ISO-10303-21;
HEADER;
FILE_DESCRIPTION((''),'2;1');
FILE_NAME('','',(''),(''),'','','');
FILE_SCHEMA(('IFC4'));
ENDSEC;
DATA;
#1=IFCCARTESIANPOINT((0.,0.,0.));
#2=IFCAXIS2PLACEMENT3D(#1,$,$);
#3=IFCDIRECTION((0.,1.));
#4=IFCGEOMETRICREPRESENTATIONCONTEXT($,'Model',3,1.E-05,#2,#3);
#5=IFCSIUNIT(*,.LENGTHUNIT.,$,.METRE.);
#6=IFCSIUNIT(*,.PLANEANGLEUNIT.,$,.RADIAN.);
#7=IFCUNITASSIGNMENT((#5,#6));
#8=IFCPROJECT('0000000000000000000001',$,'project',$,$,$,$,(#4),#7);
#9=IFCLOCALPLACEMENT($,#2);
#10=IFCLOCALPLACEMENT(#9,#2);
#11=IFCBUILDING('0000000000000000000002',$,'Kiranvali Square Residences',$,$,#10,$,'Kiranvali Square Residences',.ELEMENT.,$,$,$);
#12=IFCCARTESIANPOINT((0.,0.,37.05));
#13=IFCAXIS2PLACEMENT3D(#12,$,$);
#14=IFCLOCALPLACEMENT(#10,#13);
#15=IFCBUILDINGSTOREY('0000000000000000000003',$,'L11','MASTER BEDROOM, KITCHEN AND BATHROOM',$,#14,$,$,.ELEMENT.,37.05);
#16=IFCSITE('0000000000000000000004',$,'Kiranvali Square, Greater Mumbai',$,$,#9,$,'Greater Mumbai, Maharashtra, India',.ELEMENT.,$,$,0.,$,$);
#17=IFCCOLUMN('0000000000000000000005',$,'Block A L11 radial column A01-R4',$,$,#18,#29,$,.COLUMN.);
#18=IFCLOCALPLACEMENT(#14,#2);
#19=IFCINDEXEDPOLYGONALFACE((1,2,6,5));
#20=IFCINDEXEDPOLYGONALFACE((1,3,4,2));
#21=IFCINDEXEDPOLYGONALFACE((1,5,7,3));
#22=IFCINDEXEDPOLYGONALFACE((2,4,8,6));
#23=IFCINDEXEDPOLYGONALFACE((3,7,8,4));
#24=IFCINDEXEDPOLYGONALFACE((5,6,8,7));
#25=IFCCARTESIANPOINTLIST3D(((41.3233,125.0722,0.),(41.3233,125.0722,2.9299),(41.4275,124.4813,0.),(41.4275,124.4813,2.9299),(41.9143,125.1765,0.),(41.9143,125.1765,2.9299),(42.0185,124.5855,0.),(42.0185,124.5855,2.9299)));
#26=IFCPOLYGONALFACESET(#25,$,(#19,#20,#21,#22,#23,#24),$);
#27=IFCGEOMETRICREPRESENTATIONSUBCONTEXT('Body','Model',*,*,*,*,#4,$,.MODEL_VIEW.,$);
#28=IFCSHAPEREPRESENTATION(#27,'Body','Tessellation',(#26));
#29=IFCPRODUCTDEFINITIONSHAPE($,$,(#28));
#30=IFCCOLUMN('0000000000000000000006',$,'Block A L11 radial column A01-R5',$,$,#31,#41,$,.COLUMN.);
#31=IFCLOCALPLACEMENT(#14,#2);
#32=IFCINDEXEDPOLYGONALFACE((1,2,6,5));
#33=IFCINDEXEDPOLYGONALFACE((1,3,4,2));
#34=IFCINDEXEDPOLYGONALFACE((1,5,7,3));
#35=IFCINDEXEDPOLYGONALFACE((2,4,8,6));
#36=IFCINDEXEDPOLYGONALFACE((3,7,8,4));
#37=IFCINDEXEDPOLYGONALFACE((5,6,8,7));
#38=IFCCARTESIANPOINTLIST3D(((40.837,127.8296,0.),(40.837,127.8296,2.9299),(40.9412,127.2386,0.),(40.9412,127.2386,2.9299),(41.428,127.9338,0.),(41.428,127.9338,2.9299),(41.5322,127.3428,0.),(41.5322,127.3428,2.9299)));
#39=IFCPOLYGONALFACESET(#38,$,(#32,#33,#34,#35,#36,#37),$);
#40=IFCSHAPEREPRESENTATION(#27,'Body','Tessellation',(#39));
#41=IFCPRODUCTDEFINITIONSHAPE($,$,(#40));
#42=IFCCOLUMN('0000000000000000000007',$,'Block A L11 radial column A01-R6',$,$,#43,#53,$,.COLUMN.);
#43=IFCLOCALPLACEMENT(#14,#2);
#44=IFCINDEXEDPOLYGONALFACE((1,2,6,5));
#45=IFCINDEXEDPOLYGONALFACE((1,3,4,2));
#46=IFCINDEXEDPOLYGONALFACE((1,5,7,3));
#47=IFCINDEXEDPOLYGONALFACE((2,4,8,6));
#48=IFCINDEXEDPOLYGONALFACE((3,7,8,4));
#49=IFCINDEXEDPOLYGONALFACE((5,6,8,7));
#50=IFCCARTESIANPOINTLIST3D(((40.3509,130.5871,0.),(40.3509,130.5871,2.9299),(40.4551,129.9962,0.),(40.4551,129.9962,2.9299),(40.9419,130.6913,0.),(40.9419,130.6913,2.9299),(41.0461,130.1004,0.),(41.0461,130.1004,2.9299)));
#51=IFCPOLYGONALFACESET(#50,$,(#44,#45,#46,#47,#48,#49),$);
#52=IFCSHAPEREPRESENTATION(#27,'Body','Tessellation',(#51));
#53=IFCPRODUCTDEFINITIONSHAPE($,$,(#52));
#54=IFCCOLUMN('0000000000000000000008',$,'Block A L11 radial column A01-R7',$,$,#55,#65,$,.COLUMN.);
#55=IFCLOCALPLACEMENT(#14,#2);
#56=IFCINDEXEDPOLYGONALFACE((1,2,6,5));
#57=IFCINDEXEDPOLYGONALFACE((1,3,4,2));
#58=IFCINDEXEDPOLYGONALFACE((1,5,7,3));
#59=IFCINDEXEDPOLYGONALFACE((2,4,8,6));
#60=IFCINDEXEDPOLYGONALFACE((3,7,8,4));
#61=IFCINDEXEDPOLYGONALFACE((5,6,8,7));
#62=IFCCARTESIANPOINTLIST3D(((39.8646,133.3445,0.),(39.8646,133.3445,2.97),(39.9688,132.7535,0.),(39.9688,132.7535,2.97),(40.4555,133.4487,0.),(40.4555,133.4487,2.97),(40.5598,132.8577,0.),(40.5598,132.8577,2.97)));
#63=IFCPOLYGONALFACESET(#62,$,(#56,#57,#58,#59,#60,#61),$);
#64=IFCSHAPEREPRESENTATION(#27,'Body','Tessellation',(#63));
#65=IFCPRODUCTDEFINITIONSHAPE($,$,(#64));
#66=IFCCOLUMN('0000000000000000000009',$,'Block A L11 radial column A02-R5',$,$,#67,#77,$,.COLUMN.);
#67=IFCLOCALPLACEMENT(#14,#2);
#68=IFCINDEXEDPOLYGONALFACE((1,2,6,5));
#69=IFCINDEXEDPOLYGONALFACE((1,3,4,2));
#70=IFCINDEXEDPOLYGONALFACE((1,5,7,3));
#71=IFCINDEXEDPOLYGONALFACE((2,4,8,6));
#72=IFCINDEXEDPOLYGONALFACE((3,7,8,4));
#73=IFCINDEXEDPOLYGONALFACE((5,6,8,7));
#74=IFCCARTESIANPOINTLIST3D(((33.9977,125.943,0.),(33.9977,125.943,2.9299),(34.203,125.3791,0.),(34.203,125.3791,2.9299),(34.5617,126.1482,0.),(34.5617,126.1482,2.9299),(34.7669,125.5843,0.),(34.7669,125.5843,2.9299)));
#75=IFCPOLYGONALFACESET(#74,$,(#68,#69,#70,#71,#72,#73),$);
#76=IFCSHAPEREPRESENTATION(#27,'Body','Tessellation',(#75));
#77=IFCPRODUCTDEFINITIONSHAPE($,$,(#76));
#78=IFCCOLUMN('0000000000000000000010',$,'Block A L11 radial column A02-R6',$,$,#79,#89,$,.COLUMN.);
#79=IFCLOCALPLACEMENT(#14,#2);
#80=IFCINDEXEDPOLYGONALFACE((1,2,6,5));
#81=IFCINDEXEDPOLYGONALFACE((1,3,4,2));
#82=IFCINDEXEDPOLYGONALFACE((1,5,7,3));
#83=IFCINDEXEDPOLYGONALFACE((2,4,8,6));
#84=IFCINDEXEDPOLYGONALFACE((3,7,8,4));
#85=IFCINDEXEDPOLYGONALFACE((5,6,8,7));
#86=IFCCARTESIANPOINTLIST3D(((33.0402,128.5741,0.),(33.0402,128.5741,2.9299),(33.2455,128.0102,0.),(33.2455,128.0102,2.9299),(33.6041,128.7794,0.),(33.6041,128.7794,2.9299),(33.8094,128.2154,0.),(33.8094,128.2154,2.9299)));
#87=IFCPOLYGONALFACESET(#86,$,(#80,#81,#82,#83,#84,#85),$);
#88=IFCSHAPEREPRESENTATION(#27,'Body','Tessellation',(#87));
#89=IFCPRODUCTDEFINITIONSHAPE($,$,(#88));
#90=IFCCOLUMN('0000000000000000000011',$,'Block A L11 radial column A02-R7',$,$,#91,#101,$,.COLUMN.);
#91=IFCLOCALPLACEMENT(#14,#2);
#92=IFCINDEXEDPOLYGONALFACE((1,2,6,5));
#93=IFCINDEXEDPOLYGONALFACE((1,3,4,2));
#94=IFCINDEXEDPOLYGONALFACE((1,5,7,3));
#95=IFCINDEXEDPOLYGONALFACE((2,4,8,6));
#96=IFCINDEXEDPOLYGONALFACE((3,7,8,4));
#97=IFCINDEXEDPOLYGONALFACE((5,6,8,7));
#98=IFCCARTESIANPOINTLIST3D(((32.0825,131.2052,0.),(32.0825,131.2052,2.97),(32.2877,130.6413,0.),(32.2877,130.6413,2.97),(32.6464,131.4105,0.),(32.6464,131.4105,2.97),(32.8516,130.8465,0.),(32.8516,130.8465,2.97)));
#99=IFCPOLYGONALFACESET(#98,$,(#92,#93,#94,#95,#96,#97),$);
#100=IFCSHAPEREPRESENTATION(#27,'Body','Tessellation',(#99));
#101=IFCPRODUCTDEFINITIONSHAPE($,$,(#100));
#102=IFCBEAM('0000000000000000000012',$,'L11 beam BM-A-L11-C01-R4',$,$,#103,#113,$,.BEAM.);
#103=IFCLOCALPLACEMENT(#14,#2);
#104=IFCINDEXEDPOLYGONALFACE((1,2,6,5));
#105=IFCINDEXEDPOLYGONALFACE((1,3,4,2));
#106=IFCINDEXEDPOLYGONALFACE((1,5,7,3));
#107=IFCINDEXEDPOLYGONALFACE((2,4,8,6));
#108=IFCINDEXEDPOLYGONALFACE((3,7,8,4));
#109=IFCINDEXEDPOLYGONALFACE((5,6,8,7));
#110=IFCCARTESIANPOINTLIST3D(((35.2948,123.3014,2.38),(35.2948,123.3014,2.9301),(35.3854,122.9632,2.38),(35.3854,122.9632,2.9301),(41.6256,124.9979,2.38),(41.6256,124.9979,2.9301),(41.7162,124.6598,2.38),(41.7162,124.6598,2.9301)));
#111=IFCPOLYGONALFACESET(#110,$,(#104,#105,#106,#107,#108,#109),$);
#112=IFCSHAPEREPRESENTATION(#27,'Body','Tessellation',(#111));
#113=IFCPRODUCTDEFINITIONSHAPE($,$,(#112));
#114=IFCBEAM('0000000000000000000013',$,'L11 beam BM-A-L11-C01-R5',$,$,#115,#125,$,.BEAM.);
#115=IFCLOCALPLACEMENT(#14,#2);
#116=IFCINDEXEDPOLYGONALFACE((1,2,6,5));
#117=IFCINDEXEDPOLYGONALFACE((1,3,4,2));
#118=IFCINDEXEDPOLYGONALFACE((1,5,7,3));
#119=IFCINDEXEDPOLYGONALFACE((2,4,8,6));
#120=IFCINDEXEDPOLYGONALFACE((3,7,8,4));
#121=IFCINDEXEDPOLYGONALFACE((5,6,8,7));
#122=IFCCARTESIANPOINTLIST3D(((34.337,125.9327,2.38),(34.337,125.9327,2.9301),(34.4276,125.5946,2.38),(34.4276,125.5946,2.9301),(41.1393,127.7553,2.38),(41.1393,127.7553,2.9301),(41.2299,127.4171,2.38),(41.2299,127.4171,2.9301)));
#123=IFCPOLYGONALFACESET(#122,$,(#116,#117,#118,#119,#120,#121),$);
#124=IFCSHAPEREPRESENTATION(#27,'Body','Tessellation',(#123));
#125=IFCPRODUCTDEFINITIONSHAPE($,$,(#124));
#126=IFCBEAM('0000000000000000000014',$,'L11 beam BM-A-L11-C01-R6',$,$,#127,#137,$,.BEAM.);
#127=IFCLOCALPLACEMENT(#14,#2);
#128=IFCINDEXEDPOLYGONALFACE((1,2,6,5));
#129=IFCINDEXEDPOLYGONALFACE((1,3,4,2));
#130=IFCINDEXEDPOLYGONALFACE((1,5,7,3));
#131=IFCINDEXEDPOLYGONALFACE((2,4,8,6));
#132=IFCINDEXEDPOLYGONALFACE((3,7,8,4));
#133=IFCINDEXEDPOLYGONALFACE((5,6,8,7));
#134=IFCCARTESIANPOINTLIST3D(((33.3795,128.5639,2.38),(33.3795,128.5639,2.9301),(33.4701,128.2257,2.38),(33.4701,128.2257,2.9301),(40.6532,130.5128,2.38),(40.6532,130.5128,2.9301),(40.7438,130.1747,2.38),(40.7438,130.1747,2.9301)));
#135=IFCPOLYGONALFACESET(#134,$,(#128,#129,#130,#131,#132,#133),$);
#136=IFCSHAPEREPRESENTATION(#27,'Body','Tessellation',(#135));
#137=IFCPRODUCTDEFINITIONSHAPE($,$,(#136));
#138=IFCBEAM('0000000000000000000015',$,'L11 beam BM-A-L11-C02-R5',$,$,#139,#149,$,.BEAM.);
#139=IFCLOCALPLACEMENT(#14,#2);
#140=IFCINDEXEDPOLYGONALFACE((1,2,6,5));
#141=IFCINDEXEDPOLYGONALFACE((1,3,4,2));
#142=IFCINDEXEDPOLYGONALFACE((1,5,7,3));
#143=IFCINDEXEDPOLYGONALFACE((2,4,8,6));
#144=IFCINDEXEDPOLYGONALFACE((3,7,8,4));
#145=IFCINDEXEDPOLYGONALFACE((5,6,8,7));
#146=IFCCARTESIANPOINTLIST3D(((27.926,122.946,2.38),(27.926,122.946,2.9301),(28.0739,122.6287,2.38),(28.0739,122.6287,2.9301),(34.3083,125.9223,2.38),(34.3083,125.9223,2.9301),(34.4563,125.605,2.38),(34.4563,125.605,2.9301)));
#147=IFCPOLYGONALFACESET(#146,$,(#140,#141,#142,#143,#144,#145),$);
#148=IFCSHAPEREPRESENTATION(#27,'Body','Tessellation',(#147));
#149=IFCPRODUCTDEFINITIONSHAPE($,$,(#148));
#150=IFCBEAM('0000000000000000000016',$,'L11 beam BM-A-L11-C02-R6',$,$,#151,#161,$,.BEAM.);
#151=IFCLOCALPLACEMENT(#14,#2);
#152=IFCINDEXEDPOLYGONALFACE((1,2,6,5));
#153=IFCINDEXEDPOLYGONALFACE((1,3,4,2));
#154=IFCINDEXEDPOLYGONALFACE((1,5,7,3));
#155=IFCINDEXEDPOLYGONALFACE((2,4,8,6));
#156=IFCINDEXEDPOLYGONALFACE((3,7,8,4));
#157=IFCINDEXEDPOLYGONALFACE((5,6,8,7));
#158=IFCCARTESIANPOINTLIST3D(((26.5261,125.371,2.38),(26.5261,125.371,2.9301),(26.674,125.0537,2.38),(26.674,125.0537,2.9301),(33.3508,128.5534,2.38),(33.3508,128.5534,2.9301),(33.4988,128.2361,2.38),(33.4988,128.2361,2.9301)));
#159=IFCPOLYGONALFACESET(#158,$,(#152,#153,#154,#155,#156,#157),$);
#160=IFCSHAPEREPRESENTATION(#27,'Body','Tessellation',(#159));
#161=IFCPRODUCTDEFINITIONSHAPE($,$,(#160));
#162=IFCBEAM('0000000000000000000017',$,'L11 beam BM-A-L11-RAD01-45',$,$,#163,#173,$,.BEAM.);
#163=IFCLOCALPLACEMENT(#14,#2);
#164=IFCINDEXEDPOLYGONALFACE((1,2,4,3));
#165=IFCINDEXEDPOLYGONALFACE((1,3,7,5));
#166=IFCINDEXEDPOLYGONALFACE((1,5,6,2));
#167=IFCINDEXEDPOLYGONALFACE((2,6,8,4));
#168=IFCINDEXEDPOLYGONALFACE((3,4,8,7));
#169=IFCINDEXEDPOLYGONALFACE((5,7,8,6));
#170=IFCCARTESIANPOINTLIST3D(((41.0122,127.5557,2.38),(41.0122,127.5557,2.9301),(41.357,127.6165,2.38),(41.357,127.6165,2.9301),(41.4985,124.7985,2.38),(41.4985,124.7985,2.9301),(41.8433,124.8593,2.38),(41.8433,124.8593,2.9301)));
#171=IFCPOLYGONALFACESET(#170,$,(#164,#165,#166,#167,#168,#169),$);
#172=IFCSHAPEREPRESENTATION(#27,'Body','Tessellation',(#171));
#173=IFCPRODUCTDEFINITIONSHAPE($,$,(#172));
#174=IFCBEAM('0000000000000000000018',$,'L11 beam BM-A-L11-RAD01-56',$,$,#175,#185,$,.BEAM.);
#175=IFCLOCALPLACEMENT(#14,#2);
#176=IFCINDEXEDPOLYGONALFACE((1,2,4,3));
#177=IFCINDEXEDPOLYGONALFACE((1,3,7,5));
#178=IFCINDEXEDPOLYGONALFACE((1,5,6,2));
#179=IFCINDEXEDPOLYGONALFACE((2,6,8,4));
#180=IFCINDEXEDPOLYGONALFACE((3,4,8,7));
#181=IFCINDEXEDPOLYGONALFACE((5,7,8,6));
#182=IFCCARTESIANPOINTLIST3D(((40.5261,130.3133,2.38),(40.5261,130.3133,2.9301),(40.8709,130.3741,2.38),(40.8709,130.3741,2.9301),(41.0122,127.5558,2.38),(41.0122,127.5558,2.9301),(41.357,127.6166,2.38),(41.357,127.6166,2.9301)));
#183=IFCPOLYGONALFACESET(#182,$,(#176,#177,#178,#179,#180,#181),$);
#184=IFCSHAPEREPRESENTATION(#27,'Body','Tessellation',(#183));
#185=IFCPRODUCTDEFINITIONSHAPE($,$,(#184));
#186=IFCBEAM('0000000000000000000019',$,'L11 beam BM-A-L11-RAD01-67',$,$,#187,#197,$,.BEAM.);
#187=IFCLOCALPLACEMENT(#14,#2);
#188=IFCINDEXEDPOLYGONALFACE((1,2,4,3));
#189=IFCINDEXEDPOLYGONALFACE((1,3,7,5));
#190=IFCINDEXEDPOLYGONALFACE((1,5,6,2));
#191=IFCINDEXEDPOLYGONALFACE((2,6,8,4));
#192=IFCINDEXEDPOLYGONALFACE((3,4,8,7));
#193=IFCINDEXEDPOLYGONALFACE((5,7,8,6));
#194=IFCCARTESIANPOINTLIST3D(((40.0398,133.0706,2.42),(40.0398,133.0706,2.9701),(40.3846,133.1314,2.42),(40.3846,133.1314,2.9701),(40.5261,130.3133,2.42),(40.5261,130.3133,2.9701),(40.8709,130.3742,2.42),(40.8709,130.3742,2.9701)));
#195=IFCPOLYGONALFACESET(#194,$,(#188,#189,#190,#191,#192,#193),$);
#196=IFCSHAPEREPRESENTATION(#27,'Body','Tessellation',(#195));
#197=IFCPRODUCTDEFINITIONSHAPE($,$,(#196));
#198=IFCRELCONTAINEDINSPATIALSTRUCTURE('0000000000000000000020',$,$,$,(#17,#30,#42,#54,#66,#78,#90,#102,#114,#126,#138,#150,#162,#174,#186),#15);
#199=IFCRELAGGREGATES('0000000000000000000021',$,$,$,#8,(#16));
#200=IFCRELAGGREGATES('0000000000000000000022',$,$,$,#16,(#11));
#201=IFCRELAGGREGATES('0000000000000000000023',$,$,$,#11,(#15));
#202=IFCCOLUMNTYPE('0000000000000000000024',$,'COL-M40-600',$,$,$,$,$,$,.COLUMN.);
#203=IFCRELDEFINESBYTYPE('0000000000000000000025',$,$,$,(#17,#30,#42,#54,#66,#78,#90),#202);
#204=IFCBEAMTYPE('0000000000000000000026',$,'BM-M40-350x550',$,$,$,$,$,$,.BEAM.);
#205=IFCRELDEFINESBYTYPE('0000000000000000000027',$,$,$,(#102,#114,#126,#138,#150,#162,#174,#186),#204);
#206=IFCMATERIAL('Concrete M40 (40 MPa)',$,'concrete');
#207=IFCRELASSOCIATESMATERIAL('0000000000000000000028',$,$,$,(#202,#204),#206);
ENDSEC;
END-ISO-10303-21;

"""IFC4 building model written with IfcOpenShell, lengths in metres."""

from ifc_helpers import new_model, si_unit, direction, frame, origin, origin_2d, place, context, subcontext, project, spatial, rectangle, extrude, material, material_profile, profile_set, type_object, element, save


model = new_model("IFC4")

# Units and contexts
model_context = context("Model", 3, precision=1e-05, world=origin(), true_north=direction((0.0, 1.0)))
body_context = subcontext(model_context, "Body", "Model", "MODEL_VIEW")
ifc_project = project(units=[si_unit("LENGTHUNIT", "METRE"), si_unit("PLANEANGLEUNIT", "RADIAN")], contexts=[model_context])

# Site, building, storey
site_placement = place(None, origin())
site = spatial("IfcSite", under=ifc_project, at=site_placement, Name="Kiranvali Square, Greater Mumbai", LongName="Greater Mumbai, Maharashtra, India", CompositionType="ELEMENT", RefElevation=0.0)
building_placement = place(site_placement, origin())
building = spatial("IfcBuilding", under=site, at=building_placement, Name="Kiranvali Square Residences", LongName="Kiranvali Square Residences", CompositionType="ELEMENT")
storey_placement = place(building_placement, frame((0.0, 0.0, 37.05)))
storey = spatial("IfcBuildingStorey", under=building, at=storey_placement, Name="L11", Description="MASTER BEDROOM, KITCHEN AND BATHROOM", CompositionType="ELEMENT", Elevation=37.05)

# Columns
ifc_material_1 = material(Name="Concrete M40 (40 MPa)", Category="concrete")
ifc_material_profile_1 = material_profile(ifc_material_1, rectangle(XDim=0.6001, YDim=0.6001, at=origin_2d()), Name="RC 600x600")
ifc_profile_set_1 = profile_set([ifc_material_profile_1], Name="Concrete M40 (40 MPa)")
column_type = type_object("IfcColumnType", Name="COL-M40-600", PredefinedType="COLUMN", material=ifc_profile_set_1)
for number, where, z_axis, x_axis, name in (
    (1, (41.6709, 124.8289, 0.0), (0.0, 0.0, 1.0), (0.984808, 0.173648, 0.0), "Block A L11 radial column A01-R4"),
    (2, (41.1846, 127.5862, 0.0), (0.0, 0.0, 1.0), (0.984808, 0.173648, 0.0), "Block A L11 radial column A01-R5"),
    (3, (40.6985, 130.3438, 0.0), (0.0, 0.0, 1.0), (0.984808, 0.173648, 0.0), "Block A L11 radial column A01-R6"),
):
    element("IfcColumn", number, at=place(storey_placement, frame(where, z_axis=z_axis, x_axis=x_axis)), inside=storey, type_object=column_type, Name=name, PredefinedType="COLUMN", context=body_context, shape_type="SweptSolid", body=[
        extrude(rectangle(XDim=0.6001, YDim=0.6001, at=origin_2d()), origin(), (0.0, 0.0, 1.0), 2.9299),
    ])
column_1_placement = place(storey_placement, frame((40.2122, 133.1011, 0.0), z_axis=(0.0, 0.0, 1.0), x_axis=(0.984808, 0.173648, 0.0)))
element("IfcColumn", 4, at=column_1_placement, inside=storey, type_object=column_type, Name="Block A L11 radial column A01-R7", PredefinedType="COLUMN", context=body_context, shape_type="SweptSolid", body=[
    extrude(rectangle(XDim=0.6001, YDim=0.6001, at=origin_2d()), origin(), (0.0, 0.0, 1.0), 2.97),
])
for number, where, z_axis, x_axis, name in (
    (5, (34.3823, 125.7637, 0.0), (0.0, 0.0, 1.0), (0.939693, 0.34202, 0.0), "Block A L11 radial column A02-R5"),
    (6, (33.4248, 128.3948, 0.0), (0.0, 0.0, 1.0), (0.939693, 0.34202, 0.0), "Block A L11 radial column A02-R6"),
):
    element("IfcColumn", number, at=place(storey_placement, frame(where, z_axis=z_axis, x_axis=x_axis)), inside=storey, type_object=column_type, Name=name, PredefinedType="COLUMN", context=body_context, shape_type="SweptSolid", body=[
        extrude(rectangle(XDim=0.6001, YDim=0.6001, at=origin_2d()), origin(), (0.0, 0.0, 1.0), 2.9299),
    ])
column_2_placement = place(storey_placement, frame((32.467, 131.0259, 0.0), z_axis=(0.0, 0.0, 1.0), x_axis=(0.939693, 0.34202, 0.0)))
element("IfcColumn", 7, at=column_2_placement, inside=storey, type_object=column_type, Name="Block A L11 radial column A02-R7", PredefinedType="COLUMN", context=body_context, shape_type="SweptSolid", body=[
    extrude(rectangle(XDim=0.6001, YDim=0.6001, at=origin_2d()), origin(), (0.0, 0.0, 1.0), 2.97),
])

# Beams
ifc_material_profile_2 = material_profile(ifc_material_1, rectangle(XDim=0.3501, YDim=0.55, at=origin_2d()), Name="RC 350x550")
ifc_profile_set_2 = profile_set([ifc_material_profile_2], Name="Concrete M40 (40 MPa)")
beam_type_1 = type_object("IfcBeamType", Name="BM-M40-350x550", PredefinedType="BEAM", material=ifc_profile_set_2)
beam_1_placement = place(storey_placement, frame((41.6709, 124.8289, 2.655), z_axis=(-0.965918, -0.258847, 0.0), x_axis=(0.258847, -0.965918, 0.0)))
element("IfcBeam", 8, at=beam_1_placement, inside=storey, type_object=beam_type_1, Name="L11 beam BM-A-L11-C01-R4", PredefinedType="BEAM", context=body_context, shape_type="SweptSolid", body=[
    extrude(rectangle(XDim=0.3501, YDim=0.55, at=origin_2d()), origin(), (0.0, 0.0, 1.0), 6.5542),
])
beam_2_placement = place(storey_placement, frame((41.1846, 127.5862, 2.655), z_axis=(-0.965931, -0.2588, 0.0), x_axis=(0.2588, -0.965931, 0.0)))
element("IfcBeam", 9, at=beam_2_placement, inside=storey, type_object=beam_type_1, Name="L11 beam BM-A-L11-C01-R5", PredefinedType="BEAM", context=body_context, shape_type="SweptSolid", body=[
    extrude(rectangle(XDim=0.3501, YDim=0.55, at=origin_2d()), origin(), (0.0, 0.0, 1.0), 7.0422),
])
beam_3_placement = place(storey_placement, frame((40.6985, 130.3438, 2.655), z_axis=(-0.965926, -0.258819, 0.0), x_axis=(0.258819, -0.965926, 0.0)))
element("IfcBeam", 10, at=beam_3_placement, inside=storey, type_object=beam_type_1, Name="L11 beam BM-A-L11-C01-R6", PredefinedType="BEAM", context=body_context, shape_type="SweptSolid", body=[
    extrude(rectangle(XDim=0.3501, YDim=0.55, at=origin_2d()), origin(), (0.0, 0.0, 1.0), 7.5303),
])
beam_4_placement = place(storey_placement, frame((34.3823, 125.7637, 2.655), z_axis=(-0.906297, -0.422641, 0.0), x_axis=(0.422641, -0.906297, 0.0)))
element("IfcBeam", 11, at=beam_4_placement, inside=storey, type_object=beam_type_1, Name="L11 beam BM-A-L11-C02-R5", PredefinedType="BEAM", context=body_context, shape_type="SweptSolid", body=[
    extrude(rectangle(XDim=0.3501, YDim=0.55, at=origin_2d()), origin(), (0.0, 0.0, 1.0), 7.0422),
])
beam_5_placement = place(storey_placement, frame((33.4248, 128.3948, 2.655), z_axis=(-0.90631, -0.422614, 0.0), x_axis=(0.422614, -0.90631, 0.0)))
element("IfcBeam", 12, at=beam_5_placement, inside=storey, type_object=beam_type_1, Name="L11 beam BM-A-L11-C02-R6", PredefinedType="BEAM", context=body_context, shape_type="SweptSolid", body=[
    extrude(rectangle(XDim=0.3501, YDim=0.55, at=origin_2d()), origin(), (0.0, 0.0, 1.0), 7.5303),
])
beam_6_placement = place(storey_placement, frame((41.6709, 124.8289, 2.655), z_axis=(-0.173696, 0.984799, 0.0), x_axis=(-0.984799, -0.173696, 0.0)))
element("IfcBeam", 13, at=beam_6_placement, inside=storey, type_object=beam_type_1, Name="L11 beam BM-A-L11-RAD01-45", PredefinedType="BEAM", context=body_context, shape_type="SweptSolid", body=[
    extrude(rectangle(XDim=0.3501, YDim=0.55, at=origin_2d()), origin(), (0.0, 0.0, 1.0), 2.7998),
])
beam_7_placement = place(storey_placement, frame((41.1846, 127.5862, 2.655), z_axis=(-0.173596, 0.984817, 0.0), x_axis=(-0.984817, -0.173596, 0.0)))
element("IfcBeam", 14, at=beam_7_placement, inside=storey, type_object=beam_type_1, Name="L11 beam BM-A-L11-RAD01-56", PredefinedType="BEAM", context=body_context, shape_type="SweptSolid", body=[
    extrude(rectangle(XDim=0.3501, YDim=0.55, at=origin_2d()), origin(), (0.0, 0.0, 1.0), 2.8),
])
beam_8_placement = place(storey_placement, frame((40.6985, 130.3438, 2.6951), z_axis=(-0.173696, 0.984799, 0.0), x_axis=(-0.984799, -0.173696, 0.0)))
element("IfcBeam", 15, at=beam_8_placement, inside=storey, type_object=beam_type_1, Name="L11 beam BM-A-L11-RAD01-67", PredefinedType="BEAM", context=body_context, shape_type="SweptSolid", body=[
    extrude(rectangle(XDim=0.3501, YDim=0.55, at=origin_2d()), origin(), (0.0, 0.0, 1.0), 2.7998),
])

save(model, "model.ifc")
